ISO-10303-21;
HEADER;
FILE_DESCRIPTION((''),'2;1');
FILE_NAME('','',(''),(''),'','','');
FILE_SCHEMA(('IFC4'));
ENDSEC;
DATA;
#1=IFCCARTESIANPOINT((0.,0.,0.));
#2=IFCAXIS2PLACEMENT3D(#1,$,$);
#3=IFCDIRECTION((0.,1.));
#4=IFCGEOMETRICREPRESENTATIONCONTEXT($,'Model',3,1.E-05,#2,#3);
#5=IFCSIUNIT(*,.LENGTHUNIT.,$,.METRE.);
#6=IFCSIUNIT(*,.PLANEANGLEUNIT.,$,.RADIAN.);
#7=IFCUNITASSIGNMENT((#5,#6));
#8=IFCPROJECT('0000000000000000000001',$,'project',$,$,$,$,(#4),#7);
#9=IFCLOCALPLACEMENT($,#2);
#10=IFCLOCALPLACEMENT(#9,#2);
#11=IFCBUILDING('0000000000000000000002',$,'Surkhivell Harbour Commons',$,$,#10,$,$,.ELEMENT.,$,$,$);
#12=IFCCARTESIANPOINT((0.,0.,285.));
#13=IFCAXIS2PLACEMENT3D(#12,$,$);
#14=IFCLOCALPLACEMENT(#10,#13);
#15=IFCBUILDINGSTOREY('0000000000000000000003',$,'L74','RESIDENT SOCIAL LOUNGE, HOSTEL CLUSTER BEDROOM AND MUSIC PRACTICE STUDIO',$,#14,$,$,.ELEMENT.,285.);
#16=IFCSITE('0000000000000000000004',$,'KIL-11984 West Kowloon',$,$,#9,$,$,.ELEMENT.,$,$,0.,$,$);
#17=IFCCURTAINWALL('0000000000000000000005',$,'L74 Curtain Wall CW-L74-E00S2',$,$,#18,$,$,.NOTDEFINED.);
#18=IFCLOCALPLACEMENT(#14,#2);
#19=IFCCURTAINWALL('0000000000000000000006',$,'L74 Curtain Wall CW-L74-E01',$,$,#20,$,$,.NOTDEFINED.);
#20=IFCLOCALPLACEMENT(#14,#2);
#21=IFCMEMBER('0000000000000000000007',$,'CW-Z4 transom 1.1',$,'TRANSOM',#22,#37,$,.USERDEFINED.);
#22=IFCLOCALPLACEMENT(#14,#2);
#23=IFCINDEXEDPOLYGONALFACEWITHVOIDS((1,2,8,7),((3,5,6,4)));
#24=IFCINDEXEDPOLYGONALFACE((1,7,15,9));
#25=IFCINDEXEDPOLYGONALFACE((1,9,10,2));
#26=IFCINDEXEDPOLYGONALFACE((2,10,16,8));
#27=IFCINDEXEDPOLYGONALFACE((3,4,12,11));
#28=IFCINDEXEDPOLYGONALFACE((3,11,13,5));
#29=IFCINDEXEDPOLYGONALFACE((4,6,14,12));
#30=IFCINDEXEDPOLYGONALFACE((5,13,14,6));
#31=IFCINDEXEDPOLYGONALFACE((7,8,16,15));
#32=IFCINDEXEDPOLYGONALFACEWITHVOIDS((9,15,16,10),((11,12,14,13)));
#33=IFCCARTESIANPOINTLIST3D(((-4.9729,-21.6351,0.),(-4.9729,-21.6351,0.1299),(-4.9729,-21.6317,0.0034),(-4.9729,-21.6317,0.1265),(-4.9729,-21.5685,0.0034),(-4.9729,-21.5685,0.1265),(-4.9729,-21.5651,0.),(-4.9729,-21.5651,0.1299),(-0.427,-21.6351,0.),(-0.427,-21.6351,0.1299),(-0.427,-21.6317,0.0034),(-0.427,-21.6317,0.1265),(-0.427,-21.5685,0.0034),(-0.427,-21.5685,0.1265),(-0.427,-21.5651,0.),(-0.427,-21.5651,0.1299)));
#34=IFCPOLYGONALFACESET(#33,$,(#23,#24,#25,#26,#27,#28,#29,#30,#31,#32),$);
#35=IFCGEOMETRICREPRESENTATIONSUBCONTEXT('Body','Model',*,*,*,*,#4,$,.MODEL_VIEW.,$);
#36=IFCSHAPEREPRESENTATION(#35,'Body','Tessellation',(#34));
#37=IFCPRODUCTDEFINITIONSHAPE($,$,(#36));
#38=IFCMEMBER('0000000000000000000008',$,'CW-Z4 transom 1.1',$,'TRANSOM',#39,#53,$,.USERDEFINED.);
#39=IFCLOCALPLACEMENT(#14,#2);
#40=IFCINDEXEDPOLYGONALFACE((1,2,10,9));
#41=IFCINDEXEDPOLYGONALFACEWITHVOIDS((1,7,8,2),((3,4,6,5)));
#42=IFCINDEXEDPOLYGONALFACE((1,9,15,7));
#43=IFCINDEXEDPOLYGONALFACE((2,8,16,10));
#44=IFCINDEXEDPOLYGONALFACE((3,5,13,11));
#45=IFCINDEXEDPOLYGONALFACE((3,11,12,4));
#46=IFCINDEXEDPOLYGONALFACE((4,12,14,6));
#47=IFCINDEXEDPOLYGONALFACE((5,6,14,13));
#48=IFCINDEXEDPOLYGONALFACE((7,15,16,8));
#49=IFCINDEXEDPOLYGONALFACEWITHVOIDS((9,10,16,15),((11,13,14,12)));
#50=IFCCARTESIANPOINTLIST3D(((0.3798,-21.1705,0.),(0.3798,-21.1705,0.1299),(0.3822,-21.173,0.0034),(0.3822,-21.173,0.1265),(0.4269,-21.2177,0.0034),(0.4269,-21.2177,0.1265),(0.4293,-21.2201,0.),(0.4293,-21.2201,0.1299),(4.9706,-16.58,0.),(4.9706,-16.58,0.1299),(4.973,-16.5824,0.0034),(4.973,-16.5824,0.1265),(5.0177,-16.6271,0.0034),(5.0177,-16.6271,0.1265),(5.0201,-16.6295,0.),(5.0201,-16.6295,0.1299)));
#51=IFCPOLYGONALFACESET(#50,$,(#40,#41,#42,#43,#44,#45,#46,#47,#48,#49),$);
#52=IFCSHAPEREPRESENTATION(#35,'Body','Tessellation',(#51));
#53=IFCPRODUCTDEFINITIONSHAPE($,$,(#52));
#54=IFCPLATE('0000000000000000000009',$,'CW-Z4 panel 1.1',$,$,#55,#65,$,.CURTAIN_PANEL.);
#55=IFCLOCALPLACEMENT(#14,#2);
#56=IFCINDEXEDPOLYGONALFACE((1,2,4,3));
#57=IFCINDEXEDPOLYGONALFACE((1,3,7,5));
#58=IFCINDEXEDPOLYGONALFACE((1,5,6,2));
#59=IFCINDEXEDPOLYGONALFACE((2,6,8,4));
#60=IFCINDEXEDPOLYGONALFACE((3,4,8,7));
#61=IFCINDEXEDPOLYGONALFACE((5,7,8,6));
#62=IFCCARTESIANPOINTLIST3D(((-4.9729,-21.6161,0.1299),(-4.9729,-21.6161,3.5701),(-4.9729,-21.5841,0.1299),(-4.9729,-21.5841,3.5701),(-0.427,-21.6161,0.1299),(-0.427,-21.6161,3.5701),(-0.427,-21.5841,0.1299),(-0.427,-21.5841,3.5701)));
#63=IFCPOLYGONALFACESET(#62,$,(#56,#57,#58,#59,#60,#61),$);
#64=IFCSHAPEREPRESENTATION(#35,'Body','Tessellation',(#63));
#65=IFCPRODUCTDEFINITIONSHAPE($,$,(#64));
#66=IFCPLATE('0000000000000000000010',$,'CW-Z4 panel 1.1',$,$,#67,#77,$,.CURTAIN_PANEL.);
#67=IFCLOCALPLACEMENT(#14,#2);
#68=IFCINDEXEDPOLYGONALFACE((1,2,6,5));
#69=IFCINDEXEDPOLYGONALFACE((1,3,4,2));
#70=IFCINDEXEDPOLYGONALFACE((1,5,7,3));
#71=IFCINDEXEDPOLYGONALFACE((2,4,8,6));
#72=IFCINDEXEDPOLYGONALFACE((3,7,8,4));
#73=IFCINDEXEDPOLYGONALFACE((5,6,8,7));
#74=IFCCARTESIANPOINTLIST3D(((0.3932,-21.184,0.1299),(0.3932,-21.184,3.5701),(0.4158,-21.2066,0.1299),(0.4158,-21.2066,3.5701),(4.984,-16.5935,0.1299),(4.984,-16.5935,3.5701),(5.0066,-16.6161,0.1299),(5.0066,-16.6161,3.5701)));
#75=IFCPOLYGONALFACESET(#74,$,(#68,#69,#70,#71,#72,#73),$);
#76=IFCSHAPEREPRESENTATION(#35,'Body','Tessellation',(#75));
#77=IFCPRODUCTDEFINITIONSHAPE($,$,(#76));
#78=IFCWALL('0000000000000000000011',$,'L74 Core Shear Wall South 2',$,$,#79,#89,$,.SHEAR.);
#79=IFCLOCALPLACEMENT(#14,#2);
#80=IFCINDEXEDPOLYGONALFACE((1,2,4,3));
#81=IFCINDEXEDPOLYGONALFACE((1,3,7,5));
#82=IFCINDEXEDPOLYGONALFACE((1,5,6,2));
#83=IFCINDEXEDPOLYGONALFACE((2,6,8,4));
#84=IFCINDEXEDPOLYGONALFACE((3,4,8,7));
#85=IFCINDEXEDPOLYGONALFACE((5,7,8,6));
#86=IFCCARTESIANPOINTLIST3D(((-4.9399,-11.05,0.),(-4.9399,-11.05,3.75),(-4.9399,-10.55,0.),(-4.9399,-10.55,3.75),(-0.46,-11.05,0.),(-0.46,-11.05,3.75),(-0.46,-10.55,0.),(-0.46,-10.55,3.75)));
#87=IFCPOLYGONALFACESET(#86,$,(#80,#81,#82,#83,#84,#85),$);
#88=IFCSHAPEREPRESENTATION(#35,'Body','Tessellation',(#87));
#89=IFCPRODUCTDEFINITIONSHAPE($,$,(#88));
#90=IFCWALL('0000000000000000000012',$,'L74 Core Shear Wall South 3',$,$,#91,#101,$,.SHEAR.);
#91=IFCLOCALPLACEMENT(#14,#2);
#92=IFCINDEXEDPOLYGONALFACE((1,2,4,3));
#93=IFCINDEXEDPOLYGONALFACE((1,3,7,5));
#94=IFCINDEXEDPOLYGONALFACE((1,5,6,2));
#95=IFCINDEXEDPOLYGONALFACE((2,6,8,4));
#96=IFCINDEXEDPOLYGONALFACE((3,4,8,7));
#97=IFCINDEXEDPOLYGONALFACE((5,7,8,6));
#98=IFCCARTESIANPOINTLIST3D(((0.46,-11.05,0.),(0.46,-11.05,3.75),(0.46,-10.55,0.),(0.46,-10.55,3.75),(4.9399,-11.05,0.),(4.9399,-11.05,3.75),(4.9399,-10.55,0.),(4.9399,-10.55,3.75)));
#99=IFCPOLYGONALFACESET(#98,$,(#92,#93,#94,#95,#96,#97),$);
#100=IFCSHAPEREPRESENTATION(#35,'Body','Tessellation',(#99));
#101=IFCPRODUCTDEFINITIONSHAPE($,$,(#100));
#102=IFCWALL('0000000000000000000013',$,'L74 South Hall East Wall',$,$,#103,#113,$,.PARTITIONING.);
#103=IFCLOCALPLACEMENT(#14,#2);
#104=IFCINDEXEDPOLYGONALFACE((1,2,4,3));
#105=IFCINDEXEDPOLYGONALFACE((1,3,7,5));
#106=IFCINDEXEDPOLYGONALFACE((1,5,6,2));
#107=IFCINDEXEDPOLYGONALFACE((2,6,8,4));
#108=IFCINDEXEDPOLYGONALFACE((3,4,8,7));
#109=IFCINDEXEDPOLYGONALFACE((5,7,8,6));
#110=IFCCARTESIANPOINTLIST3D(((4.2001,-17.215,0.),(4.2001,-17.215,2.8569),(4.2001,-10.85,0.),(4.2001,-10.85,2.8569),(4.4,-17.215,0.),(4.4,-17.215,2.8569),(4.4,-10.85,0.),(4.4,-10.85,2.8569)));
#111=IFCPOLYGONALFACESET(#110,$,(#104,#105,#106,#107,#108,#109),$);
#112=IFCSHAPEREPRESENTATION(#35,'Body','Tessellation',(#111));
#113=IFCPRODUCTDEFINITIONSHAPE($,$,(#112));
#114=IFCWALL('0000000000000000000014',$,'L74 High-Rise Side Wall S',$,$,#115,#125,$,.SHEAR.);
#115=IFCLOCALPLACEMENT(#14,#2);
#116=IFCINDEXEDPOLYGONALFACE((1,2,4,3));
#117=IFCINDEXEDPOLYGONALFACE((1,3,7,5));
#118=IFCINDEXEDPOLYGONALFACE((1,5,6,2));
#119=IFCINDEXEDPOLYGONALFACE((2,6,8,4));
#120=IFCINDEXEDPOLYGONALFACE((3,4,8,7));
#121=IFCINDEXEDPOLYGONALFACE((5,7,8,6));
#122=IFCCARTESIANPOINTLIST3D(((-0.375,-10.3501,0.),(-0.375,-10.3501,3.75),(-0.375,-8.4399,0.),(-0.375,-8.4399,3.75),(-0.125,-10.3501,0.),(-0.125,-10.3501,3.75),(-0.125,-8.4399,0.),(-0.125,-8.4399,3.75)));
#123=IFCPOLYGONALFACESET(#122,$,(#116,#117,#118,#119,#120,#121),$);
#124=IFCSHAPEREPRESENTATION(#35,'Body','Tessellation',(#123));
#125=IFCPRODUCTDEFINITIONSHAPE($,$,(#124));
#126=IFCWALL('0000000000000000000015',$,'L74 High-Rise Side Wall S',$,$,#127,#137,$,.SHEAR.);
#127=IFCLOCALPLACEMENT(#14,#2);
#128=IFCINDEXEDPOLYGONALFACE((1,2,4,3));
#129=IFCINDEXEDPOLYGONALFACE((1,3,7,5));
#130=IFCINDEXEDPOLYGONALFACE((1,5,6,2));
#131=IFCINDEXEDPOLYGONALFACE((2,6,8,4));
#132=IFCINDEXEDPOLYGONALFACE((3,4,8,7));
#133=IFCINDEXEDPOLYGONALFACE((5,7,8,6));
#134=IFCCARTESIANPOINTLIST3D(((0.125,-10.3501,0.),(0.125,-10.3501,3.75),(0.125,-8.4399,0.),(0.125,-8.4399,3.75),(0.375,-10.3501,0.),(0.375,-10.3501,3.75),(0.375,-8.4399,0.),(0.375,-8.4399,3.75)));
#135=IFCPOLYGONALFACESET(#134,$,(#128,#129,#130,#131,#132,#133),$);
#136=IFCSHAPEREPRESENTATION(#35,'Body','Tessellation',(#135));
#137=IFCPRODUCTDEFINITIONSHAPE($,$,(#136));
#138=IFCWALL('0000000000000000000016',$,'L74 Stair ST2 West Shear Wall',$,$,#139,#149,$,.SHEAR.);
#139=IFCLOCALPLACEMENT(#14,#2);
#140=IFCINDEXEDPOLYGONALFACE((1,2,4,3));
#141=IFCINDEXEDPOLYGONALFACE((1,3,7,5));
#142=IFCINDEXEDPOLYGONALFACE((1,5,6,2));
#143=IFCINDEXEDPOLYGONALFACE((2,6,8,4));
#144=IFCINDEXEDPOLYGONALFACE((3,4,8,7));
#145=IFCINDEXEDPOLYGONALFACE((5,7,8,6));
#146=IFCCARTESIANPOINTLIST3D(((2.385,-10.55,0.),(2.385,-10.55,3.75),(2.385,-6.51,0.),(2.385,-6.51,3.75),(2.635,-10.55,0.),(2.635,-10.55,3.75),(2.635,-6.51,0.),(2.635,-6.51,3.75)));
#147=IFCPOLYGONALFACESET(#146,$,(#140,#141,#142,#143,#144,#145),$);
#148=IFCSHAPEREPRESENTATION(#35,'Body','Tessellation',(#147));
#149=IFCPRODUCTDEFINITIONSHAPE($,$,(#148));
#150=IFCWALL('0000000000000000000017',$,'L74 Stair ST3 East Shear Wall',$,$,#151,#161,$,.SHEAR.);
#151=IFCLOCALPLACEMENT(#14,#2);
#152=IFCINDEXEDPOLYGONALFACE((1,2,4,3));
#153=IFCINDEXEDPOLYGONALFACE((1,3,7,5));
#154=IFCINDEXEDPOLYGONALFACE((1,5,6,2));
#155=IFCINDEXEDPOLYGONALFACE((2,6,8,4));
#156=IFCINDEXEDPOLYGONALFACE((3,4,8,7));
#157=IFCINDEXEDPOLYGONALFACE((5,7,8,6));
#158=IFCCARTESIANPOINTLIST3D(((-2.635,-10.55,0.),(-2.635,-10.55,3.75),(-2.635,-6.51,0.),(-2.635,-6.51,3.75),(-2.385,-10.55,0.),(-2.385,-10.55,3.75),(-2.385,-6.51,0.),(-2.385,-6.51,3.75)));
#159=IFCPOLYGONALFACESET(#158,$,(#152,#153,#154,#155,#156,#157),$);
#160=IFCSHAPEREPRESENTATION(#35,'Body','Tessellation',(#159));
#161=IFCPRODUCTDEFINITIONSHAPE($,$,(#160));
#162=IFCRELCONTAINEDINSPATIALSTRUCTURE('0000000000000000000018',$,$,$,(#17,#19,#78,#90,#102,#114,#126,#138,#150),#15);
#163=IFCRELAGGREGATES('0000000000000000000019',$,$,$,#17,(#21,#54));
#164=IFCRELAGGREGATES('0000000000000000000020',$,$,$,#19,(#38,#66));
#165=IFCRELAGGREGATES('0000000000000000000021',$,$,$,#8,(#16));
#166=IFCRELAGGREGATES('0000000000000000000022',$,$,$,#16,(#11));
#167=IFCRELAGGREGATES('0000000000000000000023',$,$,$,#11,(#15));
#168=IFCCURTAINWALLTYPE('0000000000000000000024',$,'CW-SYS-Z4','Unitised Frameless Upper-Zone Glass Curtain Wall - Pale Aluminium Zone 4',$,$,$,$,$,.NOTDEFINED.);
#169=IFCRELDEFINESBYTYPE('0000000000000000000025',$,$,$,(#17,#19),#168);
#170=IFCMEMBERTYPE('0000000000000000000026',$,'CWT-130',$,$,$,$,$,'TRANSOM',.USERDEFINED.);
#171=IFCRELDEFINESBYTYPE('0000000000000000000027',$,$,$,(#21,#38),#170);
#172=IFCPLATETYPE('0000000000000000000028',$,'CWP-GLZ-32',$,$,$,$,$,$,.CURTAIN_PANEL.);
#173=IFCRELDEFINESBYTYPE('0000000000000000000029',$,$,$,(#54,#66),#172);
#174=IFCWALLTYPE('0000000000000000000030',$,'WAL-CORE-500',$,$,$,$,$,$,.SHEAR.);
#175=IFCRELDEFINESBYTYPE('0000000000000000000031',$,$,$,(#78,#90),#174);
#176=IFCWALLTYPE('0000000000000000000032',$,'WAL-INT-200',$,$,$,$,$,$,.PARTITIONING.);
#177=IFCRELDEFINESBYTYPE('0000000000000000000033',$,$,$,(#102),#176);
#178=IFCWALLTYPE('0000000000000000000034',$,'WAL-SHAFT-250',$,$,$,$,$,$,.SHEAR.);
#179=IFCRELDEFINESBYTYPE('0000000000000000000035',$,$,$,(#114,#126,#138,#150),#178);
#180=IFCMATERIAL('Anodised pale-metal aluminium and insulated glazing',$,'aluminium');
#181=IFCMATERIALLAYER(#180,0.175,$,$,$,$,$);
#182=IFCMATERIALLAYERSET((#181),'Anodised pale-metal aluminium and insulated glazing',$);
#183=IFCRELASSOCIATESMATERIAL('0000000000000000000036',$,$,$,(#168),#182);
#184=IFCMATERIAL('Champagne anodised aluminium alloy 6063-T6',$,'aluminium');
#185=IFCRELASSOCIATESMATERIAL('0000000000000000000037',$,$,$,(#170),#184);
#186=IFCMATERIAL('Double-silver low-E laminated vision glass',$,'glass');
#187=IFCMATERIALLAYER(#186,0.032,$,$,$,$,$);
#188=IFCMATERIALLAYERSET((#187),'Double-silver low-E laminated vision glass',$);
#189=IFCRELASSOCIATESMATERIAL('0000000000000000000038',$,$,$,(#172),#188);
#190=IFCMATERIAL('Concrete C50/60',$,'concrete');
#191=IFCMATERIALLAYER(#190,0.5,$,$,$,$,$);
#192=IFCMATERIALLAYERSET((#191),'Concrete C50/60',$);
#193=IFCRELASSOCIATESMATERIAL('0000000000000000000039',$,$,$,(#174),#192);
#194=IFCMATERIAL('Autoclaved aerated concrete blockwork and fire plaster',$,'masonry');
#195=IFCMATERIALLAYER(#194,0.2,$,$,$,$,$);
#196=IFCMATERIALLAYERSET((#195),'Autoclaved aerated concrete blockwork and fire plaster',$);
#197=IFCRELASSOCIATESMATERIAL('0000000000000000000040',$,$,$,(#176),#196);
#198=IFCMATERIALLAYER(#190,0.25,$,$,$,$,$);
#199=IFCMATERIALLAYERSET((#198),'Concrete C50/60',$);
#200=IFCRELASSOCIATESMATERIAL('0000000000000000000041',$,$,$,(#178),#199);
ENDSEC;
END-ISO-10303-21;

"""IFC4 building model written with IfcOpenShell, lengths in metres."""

from ifc_helpers import new_model, si_unit, direction, frame, frame_2d, origin, origin_2d, place, context, subcontext, project, spatial, rectangle, hollow_rectangle, extrude, material, layer, layer_set, material_profile, profile_set, type_object, element, aggregate, save


model = new_model("IFC4")

# Units and contexts
model_context = context("Model", 3, precision=1e-05, world=origin(), true_north=direction((0.0, 1.0)))
body_context = subcontext(model_context, "Body", "Model", "MODEL_VIEW")
ifc_project = project(units=[si_unit("LENGTHUNIT", "METRE"), si_unit("PLANEANGLEUNIT", "RADIAN")], contexts=[model_context])

# Site, building, storey
site_placement = place(None, origin())
site = spatial("IfcSite", under=ifc_project, at=site_placement, Name="KIL-11984 West Kowloon", CompositionType="ELEMENT", RefElevation=0.0)
building_placement = place(site_placement, origin())
building = spatial("IfcBuilding", under=site, at=building_placement, Name="Surkhivell Harbour Commons", CompositionType="ELEMENT")
storey_placement = place(building_placement, frame((0.0, 0.0, 285.0)))
storey = spatial("IfcBuildingStorey", under=building, at=storey_placement, Name="L74", Description="RESIDENT SOCIAL LOUNGE, HOSTEL CLUSTER BEDROOM AND MUSIC PRACTICE STUDIO", CompositionType="ELEMENT", Elevation=285.0)

# Shared definitions
ifc_material_1 = material(Name="Concrete C50/60", Category="concrete")

# Curtain wall
ifc_material_2 = material(Name="Anodised pale-metal aluminium and insulated glazing", Category="aluminium")
ifc_layer_1 = layer(ifc_material_2, 0.175)
ifc_layer_set_1 = layer_set([ifc_layer_1], Name="Anodised pale-metal aluminium and insulated glazing")
curtain_wall_type = type_object("IfcCurtainWallType", Name="CW-SYS-Z4", Description="Unitised Frameless Upper-Zone Glass Curtain Wall - Pale Aluminium Zone 4", PredefinedType="NOTDEFINED", material=ifc_layer_set_1)
curtain_wall_1_placement = place(storey_placement, origin())
curtain_wall_1 = element("IfcCurtainWall", 1, at=curtain_wall_1_placement, inside=storey, type_object=curtain_wall_type, Name="L74 Curtain Wall CW-L74-E00S2", PredefinedType="NOTDEFINED")

# Curtain wall
curtain_wall_2_placement = place(storey_placement, origin())
curtain_wall_2 = element("IfcCurtainWall", 2, at=curtain_wall_2_placement, inside=storey, type_object=curtain_wall_type, Name="L74 Curtain Wall CW-L74-E01", PredefinedType="NOTDEFINED")

# Members
ifc_material_3 = material(Name="Champagne anodised aluminium alloy 6063-T6", Category="aluminium")
ifc_material_profile_1 = material_profile(ifc_material_3, hollow_rectangle(XDim=0.0701, YDim=0.1299, WallThickness=0.0034, at=origin_2d()), Name="ALU-TRAN-70x130")
ifc_profile_set_1 = profile_set([ifc_material_profile_1], Name="Champagne anodised aluminium alloy 6063-T6")
member_type_1 = type_object("IfcMemberType", Name="CWT-130", ElementType="TRANSOM", PredefinedType="USERDEFINED", material=ifc_profile_set_1)
member_1_placement = place(storey_placement, frame((-4.9729, -21.6001, 0.0649), z_axis=(1.0, 0.0, 0.0), x_axis=(0.0, 1.0, 0.0)))
member_1 = element("IfcMember", 3, at=member_1_placement, type_object=member_type_1, Name="CW-Z4 transom 1.1", ObjectType="TRANSOM", PredefinedType="USERDEFINED", context=body_context, shape_type="SweptSolid", body=[
    extrude(hollow_rectangle(XDim=0.0701, YDim=0.1299, WallThickness=0.0034, at=origin_2d()), origin(), (0.0, 0.0, 1.0), 4.5459),
])
member_2_placement = place(storey_placement, frame((0.4045, -21.1953, 0.0649), z_axis=(0.707126, 0.707088, 0.0), x_axis=(-0.707088, 0.707126, 0.0)))
member_2 = element("IfcMember", 4, at=member_2_placement, type_object=member_type_1, Name="CW-Z4 transom 1.1", ObjectType="TRANSOM", PredefinedType="USERDEFINED", context=body_context, shape_type="SweptSolid", body=[
    extrude(hollow_rectangle(XDim=0.0701, YDim=0.1299, WallThickness=0.0034, at=origin_2d()), origin(), (0.0, 0.0, 1.0), 6.4922),
])

# Plates
ifc_material_4 = material(Name="Double-silver low-E laminated vision glass", Category="glass")
ifc_layer_2 = layer(ifc_material_4, 0.032)
ifc_layer_set_2 = layer_set([ifc_layer_2], Name="Double-silver low-E laminated vision glass")
plate_type = type_object("IfcPlateType", Name="CWP-GLZ-32", PredefinedType="CURTAIN_PANEL", material=ifc_layer_set_2)
plate_1_placement = place(storey_placement, frame((-4.9729, -21.6001, 0.1299), z_axis=(0.0, 0.0, 1.0), x_axis=(1.0, 0.0, 0.0)))
plate_1 = element("IfcPlate", 5, at=plate_1_placement, type_object=plate_type, Name="CW-Z4 panel 1.1", PredefinedType="CURTAIN_PANEL", context=body_context, shape_type="SweptSolid", body=[
    extrude(rectangle(XDim=4.5459, YDim=0.032, at=frame_2d((2.2729, 0.0))), origin(), (0.0, 0.0, 1.0), 3.4402),
])
aggregate(curtain_wall_1, [member_1, plate_1])
plate_2_placement = place(storey_placement, frame((0.4045, -21.1953, 0.1299), z_axis=(0.0, 0.0, 1.0), x_axis=(0.707126, 0.707088, 0.0)))
plate_2 = element("IfcPlate", 6, at=plate_2_placement, type_object=plate_type, Name="CW-Z4 panel 1.1", PredefinedType="CURTAIN_PANEL", context=body_context, shape_type="SweptSolid", body=[
    extrude(rectangle(XDim=6.4922, YDim=0.032, at=frame_2d((3.2461, 0.0))), origin(), (0.0, 0.0, 1.0), 3.4402),
])
aggregate(curtain_wall_2, [member_2, plate_2])

# Walls
ifc_layer_3 = layer(ifc_material_1, 0.5)
ifc_layer_set_3 = layer_set([ifc_layer_3], Name="Concrete C50/60")
wall_type_1 = type_object("IfcWallType", Name="WAL-CORE-500", PredefinedType="SHEAR", material=ifc_layer_set_3)
for number, where, z_axis, x_axis, name in (
    (7, (-4.9399, -10.8, 0.0), (0.0, 0.0, 1.0), (1.0, 0.0, 0.0), "L74 Core Shear Wall South 2"),
    (8, (0.46, -10.8, 0.0), (0.0, 0.0, 1.0), (1.0, 0.0, 0.0), "L74 Core Shear Wall South 3"),
):
    element("IfcWall", number, at=place(storey_placement, frame(where, z_axis=z_axis, x_axis=x_axis)), inside=storey, type_object=wall_type_1, Name=name, PredefinedType="SHEAR", context=body_context, shape_type="SweptSolid", body=[
        extrude(rectangle(XDim=4.48, YDim=0.5, at=frame_2d((2.24, 0.0))), origin(), (0.0, 0.0, 1.0), 3.75),
    ])
ifc_material_5 = material(Name="Autoclaved aerated concrete blockwork and fire plaster", Category="masonry")
ifc_layer_4 = layer(ifc_material_5, 0.2)
ifc_layer_set_4 = layer_set([ifc_layer_4], Name="Autoclaved aerated concrete blockwork and fire plaster")
wall_type_2 = type_object("IfcWallType", Name="WAL-INT-200", PredefinedType="PARTITIONING", material=ifc_layer_set_4)
wall_placement = place(storey_placement, frame((4.3, -17.2151, 0.0), z_axis=(0.0, 0.0, 1.0), x_axis=(0.0, 1.0, 0.0)))
element("IfcWall", 9, at=wall_placement, inside=storey, type_object=wall_type_2, Name="L74 South Hall East Wall", PredefinedType="PARTITIONING", context=body_context, shape_type="SweptSolid", body=[
    extrude(rectangle(XDim=6.365, YDim=0.2, at=frame_2d((3.1826, 0.0))), origin(), (0.0, 0.0, 1.0), 2.8569),
])
ifc_layer_5 = layer(ifc_material_1, 0.25)
ifc_layer_set_5 = layer_set([ifc_layer_5], Name="Concrete C50/60")
wall_type_3 = type_object("IfcWallType", Name="WAL-SHAFT-250", PredefinedType="SHEAR", material=ifc_layer_set_5)
for number, where, z_axis, x_axis, name in (
    (10, (-0.25, -10.3501, 0.0), (0.0, 0.0, 1.0), (0.0, 1.0, 0.0), "L74 High-Rise Side Wall S"),
    (11, (0.25, -10.3501, 0.0), (0.0, 0.0, 1.0), (0.0, 1.0, 0.0), "L74 High-Rise Side Wall S"),
):
    element("IfcWall", number, at=place(storey_placement, frame(where, z_axis=z_axis, x_axis=x_axis)), inside=storey, type_object=wall_type_3, Name=name, PredefinedType="SHEAR", context=body_context, shape_type="SweptSolid", body=[
        extrude(rectangle(XDim=1.9102, YDim=0.25, at=frame_2d((0.9551, 0.0))), origin(), (0.0, 0.0, 1.0), 3.75),
    ])
for number, where, z_axis, x_axis, name in (
    (12, (2.51, -10.55, 0.0), (0.0, 0.0, 1.0), (0.0, 1.0, 0.0), "L74 Stair ST2 West Shear Wall"),
    (13, (-2.51, -10.55, 0.0), (0.0, 0.0, 1.0), (0.0, 1.0, 0.0), "L74 Stair ST3 East Shear Wall"),
):
    element("IfcWall", number, at=place(storey_placement, frame(where, z_axis=z_axis, x_axis=x_axis)), inside=storey, type_object=wall_type_3, Name=name, PredefinedType="SHEAR", context=body_context, shape_type="SweptSolid", body=[
        extrude(rectangle(XDim=4.04, YDim=0.25, at=frame_2d((2.02, 0.0))), origin(), (0.0, 0.0, 1.0), 3.75),
    ])

save(model, "model.ifc")
